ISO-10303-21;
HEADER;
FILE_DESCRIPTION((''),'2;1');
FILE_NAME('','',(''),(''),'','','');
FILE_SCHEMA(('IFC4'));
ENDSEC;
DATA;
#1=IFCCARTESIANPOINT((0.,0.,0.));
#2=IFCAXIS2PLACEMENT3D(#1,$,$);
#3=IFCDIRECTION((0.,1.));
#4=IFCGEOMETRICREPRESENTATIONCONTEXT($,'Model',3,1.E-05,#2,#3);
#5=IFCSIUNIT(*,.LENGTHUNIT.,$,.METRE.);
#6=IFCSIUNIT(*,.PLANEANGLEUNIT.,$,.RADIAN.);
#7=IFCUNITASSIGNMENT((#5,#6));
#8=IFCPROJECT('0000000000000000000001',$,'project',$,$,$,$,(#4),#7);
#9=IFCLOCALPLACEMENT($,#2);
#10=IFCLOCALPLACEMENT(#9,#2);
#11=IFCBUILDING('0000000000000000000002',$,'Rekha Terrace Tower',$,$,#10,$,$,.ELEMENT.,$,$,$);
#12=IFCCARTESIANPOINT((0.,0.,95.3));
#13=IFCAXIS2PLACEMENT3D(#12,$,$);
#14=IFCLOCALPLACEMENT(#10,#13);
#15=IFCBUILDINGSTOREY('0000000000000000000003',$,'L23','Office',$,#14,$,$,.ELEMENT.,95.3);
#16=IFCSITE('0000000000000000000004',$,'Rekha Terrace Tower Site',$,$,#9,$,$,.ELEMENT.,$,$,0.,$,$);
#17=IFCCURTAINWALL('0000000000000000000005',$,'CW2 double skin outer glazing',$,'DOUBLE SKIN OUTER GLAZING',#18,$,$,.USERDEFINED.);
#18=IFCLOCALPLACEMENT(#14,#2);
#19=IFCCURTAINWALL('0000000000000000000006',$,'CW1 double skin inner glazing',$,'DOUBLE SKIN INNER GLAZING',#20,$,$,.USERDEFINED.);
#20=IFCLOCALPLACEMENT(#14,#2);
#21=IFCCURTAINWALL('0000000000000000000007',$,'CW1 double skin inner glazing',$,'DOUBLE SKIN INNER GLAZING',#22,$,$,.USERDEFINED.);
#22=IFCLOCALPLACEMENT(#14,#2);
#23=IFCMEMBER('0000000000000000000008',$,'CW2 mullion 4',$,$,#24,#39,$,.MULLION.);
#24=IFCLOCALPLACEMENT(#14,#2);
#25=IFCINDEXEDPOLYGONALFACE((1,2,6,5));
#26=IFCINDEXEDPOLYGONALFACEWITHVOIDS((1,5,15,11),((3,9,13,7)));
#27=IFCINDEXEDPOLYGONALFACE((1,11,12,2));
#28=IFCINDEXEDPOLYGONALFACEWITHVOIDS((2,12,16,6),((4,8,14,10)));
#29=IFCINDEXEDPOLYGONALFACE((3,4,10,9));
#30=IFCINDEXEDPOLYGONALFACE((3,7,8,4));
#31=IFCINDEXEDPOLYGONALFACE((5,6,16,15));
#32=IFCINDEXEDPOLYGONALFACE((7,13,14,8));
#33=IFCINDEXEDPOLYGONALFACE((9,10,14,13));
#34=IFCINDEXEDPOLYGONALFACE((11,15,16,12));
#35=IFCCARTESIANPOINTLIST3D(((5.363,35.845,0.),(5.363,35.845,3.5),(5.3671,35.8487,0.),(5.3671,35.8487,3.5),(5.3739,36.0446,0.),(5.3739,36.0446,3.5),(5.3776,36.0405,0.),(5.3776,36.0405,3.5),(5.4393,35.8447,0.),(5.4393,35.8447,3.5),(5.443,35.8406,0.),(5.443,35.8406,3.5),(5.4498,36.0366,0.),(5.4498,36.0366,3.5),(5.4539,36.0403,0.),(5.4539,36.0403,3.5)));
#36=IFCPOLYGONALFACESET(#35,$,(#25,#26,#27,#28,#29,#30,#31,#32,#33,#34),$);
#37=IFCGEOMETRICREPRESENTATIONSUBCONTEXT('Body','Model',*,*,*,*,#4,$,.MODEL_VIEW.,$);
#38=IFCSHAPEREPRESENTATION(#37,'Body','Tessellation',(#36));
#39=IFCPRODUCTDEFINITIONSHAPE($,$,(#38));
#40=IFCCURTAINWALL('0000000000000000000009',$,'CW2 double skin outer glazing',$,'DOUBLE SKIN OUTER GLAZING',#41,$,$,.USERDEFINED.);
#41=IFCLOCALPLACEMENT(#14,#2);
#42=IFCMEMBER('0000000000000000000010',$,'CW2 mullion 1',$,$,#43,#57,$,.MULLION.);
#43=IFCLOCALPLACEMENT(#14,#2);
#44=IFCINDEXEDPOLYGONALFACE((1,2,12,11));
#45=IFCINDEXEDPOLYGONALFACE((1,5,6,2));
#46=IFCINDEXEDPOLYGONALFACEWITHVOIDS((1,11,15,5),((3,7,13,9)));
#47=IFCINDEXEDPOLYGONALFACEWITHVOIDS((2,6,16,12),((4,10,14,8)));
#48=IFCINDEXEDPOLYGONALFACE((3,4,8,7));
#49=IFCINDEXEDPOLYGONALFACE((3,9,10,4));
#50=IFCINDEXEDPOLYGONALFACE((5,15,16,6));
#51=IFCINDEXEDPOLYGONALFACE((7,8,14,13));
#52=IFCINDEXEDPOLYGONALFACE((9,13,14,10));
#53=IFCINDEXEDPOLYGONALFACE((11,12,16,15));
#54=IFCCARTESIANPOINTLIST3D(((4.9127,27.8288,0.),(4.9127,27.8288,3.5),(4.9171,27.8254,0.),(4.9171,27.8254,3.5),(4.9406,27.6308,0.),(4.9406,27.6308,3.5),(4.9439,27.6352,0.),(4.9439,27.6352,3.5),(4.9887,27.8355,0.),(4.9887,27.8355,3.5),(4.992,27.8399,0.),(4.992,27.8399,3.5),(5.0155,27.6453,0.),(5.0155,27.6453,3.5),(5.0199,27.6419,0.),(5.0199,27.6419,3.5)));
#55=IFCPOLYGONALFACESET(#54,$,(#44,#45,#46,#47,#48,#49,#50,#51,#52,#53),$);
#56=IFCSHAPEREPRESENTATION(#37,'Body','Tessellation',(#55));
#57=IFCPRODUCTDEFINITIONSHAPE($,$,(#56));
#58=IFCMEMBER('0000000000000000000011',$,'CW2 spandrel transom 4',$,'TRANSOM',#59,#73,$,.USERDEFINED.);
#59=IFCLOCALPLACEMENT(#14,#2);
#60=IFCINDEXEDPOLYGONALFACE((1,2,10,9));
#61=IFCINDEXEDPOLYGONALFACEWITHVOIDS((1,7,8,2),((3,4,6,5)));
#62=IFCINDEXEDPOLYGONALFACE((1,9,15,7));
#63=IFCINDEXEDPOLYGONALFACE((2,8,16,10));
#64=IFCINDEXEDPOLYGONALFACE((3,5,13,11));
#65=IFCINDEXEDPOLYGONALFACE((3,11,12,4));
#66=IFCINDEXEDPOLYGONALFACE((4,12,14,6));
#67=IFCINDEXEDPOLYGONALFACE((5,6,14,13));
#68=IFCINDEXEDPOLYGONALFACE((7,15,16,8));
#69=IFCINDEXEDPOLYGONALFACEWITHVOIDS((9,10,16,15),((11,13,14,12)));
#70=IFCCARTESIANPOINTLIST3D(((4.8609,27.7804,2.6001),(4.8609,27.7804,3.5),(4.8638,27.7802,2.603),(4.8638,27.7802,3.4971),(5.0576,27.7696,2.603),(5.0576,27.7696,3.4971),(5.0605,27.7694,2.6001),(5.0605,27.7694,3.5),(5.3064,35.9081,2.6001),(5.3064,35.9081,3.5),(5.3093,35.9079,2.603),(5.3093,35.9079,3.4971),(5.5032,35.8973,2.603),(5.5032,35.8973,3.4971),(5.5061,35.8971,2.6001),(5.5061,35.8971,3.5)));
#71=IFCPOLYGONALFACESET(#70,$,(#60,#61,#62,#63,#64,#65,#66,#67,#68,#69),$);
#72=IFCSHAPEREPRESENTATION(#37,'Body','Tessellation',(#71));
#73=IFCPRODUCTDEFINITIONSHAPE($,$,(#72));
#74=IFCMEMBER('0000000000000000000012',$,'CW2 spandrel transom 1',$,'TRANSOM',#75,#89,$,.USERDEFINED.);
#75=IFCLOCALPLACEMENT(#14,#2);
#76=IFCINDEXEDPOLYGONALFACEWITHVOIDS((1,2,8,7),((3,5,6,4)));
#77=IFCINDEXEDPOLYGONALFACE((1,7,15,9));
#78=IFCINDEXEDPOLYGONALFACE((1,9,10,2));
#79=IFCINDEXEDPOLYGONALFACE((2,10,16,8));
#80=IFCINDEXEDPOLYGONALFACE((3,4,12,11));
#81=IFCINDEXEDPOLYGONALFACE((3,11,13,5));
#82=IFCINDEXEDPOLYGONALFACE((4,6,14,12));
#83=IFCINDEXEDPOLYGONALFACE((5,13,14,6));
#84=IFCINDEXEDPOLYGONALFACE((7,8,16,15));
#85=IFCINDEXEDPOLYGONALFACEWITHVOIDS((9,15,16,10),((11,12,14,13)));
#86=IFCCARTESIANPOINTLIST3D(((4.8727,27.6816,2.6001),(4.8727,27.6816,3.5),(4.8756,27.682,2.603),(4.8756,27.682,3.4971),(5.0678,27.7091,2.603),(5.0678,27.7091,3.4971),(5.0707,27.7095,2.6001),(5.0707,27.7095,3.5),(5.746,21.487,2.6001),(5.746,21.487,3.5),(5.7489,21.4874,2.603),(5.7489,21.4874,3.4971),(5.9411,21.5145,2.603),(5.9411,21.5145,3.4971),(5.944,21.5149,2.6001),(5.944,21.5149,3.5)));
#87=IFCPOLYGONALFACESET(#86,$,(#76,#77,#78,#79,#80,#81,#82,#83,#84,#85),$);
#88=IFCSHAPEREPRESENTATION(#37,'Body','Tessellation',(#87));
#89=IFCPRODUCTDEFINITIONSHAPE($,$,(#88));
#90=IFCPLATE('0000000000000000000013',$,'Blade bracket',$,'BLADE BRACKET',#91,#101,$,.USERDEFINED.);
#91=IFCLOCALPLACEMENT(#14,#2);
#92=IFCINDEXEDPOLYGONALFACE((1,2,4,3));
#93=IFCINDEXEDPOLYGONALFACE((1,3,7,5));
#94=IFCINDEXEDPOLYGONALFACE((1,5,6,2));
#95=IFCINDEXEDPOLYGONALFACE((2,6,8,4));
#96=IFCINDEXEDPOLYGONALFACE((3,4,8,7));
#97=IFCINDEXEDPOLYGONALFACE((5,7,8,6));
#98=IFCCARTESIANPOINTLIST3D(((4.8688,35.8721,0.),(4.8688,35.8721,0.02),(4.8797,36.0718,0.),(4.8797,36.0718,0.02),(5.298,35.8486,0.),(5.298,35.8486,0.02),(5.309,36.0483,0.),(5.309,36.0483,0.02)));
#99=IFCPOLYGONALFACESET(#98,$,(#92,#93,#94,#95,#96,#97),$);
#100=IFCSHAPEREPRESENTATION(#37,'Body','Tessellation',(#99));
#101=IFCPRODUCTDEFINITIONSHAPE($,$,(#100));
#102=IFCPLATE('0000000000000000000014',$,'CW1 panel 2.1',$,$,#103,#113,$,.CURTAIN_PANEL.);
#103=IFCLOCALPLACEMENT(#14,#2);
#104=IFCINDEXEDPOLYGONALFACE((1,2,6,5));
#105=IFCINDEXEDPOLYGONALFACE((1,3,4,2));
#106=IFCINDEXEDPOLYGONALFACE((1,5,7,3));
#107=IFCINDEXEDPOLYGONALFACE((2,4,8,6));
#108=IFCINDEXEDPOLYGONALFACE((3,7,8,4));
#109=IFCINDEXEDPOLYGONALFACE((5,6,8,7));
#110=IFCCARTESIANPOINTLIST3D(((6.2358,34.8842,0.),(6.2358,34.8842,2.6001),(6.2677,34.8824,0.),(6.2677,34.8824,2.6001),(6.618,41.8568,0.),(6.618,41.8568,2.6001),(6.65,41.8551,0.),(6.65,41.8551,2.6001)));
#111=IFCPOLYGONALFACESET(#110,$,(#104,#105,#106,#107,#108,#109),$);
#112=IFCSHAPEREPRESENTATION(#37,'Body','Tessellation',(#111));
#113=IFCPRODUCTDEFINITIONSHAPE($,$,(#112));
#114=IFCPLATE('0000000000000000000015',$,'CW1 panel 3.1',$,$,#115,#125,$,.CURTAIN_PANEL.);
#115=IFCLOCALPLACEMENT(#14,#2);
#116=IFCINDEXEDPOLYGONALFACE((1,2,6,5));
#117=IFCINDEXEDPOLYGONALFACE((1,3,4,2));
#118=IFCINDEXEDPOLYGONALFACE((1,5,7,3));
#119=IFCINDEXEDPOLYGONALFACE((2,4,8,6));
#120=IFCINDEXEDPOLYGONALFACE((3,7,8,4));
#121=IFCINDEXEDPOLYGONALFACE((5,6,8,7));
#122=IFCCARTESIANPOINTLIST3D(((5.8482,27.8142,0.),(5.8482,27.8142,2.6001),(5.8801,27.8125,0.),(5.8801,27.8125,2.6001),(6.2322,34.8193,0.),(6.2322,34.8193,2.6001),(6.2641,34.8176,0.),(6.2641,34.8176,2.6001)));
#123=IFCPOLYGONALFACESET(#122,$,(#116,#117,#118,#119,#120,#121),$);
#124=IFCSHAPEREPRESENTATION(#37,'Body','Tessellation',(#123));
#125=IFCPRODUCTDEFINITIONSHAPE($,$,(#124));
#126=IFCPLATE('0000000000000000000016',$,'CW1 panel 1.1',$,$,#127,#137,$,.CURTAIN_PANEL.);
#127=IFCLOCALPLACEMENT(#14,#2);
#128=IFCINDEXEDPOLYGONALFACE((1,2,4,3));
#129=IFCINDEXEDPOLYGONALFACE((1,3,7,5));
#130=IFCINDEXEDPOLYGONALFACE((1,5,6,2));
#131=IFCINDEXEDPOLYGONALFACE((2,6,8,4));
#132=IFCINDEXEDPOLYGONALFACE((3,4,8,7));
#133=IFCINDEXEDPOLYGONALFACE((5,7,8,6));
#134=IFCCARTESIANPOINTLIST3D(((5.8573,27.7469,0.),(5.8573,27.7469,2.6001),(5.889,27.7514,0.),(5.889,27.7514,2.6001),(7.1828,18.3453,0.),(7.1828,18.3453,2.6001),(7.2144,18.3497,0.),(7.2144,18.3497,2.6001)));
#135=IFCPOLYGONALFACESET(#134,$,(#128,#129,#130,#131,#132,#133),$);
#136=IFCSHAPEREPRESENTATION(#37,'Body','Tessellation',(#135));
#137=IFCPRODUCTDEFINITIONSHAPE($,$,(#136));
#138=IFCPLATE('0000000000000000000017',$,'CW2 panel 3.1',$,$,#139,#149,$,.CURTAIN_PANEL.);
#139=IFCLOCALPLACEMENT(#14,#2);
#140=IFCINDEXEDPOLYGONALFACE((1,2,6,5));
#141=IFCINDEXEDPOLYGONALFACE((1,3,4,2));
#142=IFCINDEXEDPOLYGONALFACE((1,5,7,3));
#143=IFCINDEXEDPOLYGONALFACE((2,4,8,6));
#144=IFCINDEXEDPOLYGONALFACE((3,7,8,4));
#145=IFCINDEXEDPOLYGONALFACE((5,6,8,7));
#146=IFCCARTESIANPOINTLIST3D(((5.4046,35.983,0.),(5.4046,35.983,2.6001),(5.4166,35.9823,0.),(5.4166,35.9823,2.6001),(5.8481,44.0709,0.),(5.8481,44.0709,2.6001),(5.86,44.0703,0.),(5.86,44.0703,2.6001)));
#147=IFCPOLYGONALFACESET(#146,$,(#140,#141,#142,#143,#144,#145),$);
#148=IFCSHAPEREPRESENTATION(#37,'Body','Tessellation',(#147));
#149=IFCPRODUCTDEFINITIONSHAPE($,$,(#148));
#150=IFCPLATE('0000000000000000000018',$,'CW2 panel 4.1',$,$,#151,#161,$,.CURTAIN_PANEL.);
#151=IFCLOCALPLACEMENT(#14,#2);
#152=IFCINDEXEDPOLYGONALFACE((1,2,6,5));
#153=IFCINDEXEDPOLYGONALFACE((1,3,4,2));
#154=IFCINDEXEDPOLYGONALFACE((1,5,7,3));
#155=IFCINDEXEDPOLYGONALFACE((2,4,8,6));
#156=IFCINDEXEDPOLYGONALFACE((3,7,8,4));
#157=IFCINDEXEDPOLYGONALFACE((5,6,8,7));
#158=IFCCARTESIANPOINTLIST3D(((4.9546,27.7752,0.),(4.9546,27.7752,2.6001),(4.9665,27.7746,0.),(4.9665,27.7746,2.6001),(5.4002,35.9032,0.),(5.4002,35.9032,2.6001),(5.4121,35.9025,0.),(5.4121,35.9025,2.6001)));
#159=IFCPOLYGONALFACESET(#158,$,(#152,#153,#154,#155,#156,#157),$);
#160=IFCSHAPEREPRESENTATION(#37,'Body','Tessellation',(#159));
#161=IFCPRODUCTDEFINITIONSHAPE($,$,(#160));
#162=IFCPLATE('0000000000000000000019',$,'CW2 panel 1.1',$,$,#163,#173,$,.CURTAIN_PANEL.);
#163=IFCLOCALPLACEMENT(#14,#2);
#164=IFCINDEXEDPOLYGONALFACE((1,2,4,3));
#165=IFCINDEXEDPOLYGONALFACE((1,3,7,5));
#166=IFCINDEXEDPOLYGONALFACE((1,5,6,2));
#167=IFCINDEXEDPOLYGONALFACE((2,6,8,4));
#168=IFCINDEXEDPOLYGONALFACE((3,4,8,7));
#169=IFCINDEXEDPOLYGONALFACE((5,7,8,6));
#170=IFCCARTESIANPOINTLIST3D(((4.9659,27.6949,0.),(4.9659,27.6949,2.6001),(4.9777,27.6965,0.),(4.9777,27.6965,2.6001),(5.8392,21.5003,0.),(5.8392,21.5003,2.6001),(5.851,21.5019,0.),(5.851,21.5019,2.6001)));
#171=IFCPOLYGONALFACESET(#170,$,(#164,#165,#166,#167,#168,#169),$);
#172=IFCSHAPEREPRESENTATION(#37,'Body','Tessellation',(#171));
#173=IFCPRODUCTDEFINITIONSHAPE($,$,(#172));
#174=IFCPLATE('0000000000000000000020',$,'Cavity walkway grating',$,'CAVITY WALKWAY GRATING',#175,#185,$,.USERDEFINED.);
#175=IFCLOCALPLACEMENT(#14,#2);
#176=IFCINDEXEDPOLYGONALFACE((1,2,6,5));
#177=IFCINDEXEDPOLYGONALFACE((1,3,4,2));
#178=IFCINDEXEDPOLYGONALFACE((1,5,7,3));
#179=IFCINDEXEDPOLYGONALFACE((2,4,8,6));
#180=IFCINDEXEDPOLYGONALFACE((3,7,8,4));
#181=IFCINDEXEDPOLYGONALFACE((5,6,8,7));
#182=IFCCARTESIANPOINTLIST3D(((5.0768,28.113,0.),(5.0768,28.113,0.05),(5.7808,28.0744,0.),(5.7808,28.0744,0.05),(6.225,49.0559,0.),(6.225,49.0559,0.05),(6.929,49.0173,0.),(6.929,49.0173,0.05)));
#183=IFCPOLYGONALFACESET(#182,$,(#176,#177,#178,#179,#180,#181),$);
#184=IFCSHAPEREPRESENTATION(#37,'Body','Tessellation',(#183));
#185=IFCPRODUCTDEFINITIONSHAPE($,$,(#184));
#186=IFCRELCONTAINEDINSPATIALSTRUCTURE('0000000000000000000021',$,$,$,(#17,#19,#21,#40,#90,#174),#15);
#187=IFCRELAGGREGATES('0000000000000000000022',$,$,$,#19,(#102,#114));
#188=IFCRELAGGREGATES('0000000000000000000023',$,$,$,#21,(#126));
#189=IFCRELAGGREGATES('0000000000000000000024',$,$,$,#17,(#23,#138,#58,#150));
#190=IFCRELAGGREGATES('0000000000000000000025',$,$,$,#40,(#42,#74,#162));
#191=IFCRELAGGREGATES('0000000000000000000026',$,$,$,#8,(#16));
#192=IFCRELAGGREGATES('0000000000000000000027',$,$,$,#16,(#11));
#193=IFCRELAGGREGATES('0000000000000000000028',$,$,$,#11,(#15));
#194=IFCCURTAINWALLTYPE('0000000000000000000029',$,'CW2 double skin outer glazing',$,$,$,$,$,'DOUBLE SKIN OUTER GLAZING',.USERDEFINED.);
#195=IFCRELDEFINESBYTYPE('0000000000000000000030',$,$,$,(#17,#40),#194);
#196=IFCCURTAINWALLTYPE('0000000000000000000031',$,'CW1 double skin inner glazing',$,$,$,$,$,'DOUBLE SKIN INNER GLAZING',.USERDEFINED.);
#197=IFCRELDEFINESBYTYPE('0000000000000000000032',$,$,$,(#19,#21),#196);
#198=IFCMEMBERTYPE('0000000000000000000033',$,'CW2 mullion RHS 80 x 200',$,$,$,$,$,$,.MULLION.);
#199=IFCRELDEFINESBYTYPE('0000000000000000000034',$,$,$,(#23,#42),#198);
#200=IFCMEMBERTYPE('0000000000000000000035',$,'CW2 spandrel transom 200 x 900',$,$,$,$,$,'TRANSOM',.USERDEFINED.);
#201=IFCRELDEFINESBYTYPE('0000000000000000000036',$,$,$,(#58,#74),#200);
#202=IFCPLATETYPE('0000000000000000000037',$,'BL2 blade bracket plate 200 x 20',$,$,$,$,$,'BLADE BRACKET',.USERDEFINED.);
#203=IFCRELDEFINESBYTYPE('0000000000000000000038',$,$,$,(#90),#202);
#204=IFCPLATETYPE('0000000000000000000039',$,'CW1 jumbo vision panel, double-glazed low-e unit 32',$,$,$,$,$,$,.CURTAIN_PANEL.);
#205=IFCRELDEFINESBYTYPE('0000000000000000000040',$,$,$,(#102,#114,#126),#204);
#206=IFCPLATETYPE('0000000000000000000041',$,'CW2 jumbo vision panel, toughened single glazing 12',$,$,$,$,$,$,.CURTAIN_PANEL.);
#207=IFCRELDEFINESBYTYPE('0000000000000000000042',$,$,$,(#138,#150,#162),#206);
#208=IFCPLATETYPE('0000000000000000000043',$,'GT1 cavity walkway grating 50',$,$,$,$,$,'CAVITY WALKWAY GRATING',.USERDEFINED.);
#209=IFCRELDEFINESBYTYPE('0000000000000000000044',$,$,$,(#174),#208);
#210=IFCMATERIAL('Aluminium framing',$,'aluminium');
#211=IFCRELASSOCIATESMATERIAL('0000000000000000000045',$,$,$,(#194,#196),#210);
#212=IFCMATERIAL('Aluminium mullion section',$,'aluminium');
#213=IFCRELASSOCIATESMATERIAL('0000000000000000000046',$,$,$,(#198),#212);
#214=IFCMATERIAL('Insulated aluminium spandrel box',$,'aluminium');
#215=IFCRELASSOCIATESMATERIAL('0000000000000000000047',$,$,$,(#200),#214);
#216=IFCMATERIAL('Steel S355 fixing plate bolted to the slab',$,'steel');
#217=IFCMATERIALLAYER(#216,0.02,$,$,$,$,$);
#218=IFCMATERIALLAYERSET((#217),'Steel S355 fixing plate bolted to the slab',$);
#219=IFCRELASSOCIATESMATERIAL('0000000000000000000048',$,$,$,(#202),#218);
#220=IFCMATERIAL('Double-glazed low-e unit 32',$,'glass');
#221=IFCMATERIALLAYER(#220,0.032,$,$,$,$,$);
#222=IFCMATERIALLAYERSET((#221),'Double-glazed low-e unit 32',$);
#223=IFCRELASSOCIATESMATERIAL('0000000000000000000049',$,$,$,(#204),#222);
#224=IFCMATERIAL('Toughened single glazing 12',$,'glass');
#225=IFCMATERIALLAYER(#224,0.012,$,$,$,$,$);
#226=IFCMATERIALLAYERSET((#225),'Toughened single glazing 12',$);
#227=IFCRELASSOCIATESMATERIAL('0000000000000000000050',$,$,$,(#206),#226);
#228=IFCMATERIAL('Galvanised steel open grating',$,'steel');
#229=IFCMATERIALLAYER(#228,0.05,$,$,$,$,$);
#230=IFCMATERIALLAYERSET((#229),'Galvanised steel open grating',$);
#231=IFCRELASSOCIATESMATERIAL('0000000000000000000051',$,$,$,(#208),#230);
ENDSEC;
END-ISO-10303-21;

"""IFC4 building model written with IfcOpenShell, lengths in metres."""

from ifc_helpers import new_model, si_unit, direction, frame, origin, origin_2d, place, context, subcontext, project, spatial, rectangle, hollow_rectangle, extrude, material, layer, layer_set, material_profile, profile_set, type_object, element, aggregate, save


model = new_model("IFC4")

# Units and contexts
model_context = context("Model", 3, precision=1e-05, world=origin(), true_north=direction((0.0, 1.0)))
body_context = subcontext(model_context, "Body", "Model", "MODEL_VIEW")
ifc_project = project(units=[si_unit("LENGTHUNIT", "METRE"), si_unit("PLANEANGLEUNIT", "RADIAN")], contexts=[model_context])

# Site, building, storey
site_placement = place(None, origin())
site = spatial("IfcSite", under=ifc_project, at=site_placement, Name="Rekha Terrace Tower Site", CompositionType="ELEMENT", RefElevation=0.0)
building_placement = place(site_placement, origin())
building = spatial("IfcBuilding", under=site, at=building_placement, Name="Rekha Terrace Tower", CompositionType="ELEMENT")
storey_placement = place(building_placement, frame((0.0, 0.0, 95.3)))
storey = spatial("IfcBuildingStorey", under=building, at=storey_placement, Name="L23", Description="Office", CompositionType="ELEMENT", Elevation=95.3)

# Curtain wall
ifc_material_1 = material(Name="Aluminium framing", Category="aluminium")
curtain_wall_type_1 = type_object("IfcCurtainWallType", Name="CW2 double skin outer glazing", ElementType="DOUBLE SKIN OUTER GLAZING", PredefinedType="USERDEFINED", material=ifc_material_1)
curtain_wall_1_placement = place(storey_placement, origin())
curtain_wall_1 = element("IfcCurtainWall", 1, at=curtain_wall_1_placement, inside=storey, type_object=curtain_wall_type_1, Name="CW2 double skin outer glazing", ObjectType="DOUBLE SKIN OUTER GLAZING", PredefinedType="USERDEFINED")

# Curtain wall
curtain_wall_type_2 = type_object("IfcCurtainWallType", Name="CW1 double skin inner glazing", ElementType="DOUBLE SKIN INNER GLAZING", PredefinedType="USERDEFINED", material=ifc_material_1)
curtain_wall_2_placement = place(storey_placement, origin())
curtain_wall_2 = element("IfcCurtainWall", 2, at=curtain_wall_2_placement, inside=storey, type_object=curtain_wall_type_2, Name="CW1 double skin inner glazing", ObjectType="DOUBLE SKIN INNER GLAZING", PredefinedType="USERDEFINED")
ifc_material_2 = material(Name="Aluminium mullion section", Category="aluminium")

# Curtain wall
curtain_wall_3_placement = place(storey_placement, origin())
curtain_wall_3 = element("IfcCurtainWall", 3, at=curtain_wall_3_placement, inside=storey, type_object=curtain_wall_type_2, Name="CW1 double skin inner glazing", ObjectType="DOUBLE SKIN INNER GLAZING", PredefinedType="USERDEFINED")

# Member
ifc_material_3 = material(Name="Insulated aluminium spandrel box", Category="aluminium")
ifc_material_profile_1 = material_profile(ifc_material_2, hollow_rectangle(XDim=0.0801, YDim=0.2, WallThickness=0.0039, at=origin_2d()), Name="AL RHS 80x200")
ifc_profile_set_1 = profile_set([ifc_material_profile_1], Name="Aluminium mullion section")
member_type_1 = type_object("IfcMemberType", Name="CW2 mullion RHS 80 x 200", PredefinedType="MULLION", material=ifc_profile_set_1)
member_1_placement = place(storey_placement, frame((5.4084, 35.9426, 0.0), z_axis=(0.0, 0.0, 1.0), x_axis=(0.998501, -0.054742, 0.0)))
member_1 = element("IfcMember", 4, at=member_1_placement, type_object=member_type_1, Name="CW2 mullion 4", PredefinedType="MULLION", context=body_context, shape_type="SweptSolid", body=[
    extrude(hollow_rectangle(XDim=0.0801, YDim=0.2, WallThickness=0.0039, at=origin_2d()), origin(), (0.0, 0.0, 1.0), 3.5),
])

# Curtain wall, member
curtain_wall_4_placement = place(storey_placement, origin())
curtain_wall_4 = element("IfcCurtainWall", 5, at=curtain_wall_4_placement, inside=storey, type_object=curtain_wall_type_1, Name="CW2 double skin outer glazing", ObjectType="DOUBLE SKIN OUTER GLAZING", PredefinedType="USERDEFINED")
member_2_placement = place(storey_placement, frame((4.9663, 27.7354, 0.0), z_axis=(0.0, 0.0, 1.0), x_axis=(0.990208, 0.139597, 0.0)))
member_2 = element("IfcMember", 6, at=member_2_placement, type_object=member_type_1, Name="CW2 mullion 1", PredefinedType="MULLION", context=body_context, shape_type="SweptSolid", body=[
    extrude(hollow_rectangle(XDim=0.0801, YDim=0.2, WallThickness=0.0039, at=origin_2d()), origin(), (0.0, 0.0, 1.0), 3.5),
])

# Members
ifc_material_profile_2 = material_profile(ifc_material_3, hollow_rectangle(XDim=0.2, YDim=0.8999, WallThickness=0.0029, at=origin_2d()), Name="AL SPANDREL BOX 200x900")
ifc_profile_set_2 = profile_set([ifc_material_profile_2], Name="Insulated aluminium spandrel box")
member_type_2 = type_object("IfcMemberType", Name="CW2 spandrel transom 200 x 900", ElementType="TRANSOM", PredefinedType="USERDEFINED", material=ifc_profile_set_2)
member_3_placement = place(storey_placement, frame((5.4062, 35.9026, 3.05), z_axis=(-0.054737, -0.998501, 0.0), x_axis=(0.998501, -0.054737, 0.0)))
member_3 = element("IfcMember", 7, at=member_3_placement, type_object=member_type_2, Name="CW2 spandrel transom 4", ObjectType="TRANSOM", PredefinedType="USERDEFINED", context=body_context, shape_type="SweptSolid", body=[
    extrude(hollow_rectangle(XDim=0.2, YDim=0.8999, WallThickness=0.0029, at=origin_2d()), origin(), (0.0, 0.0, 1.0), 8.1399),
])
member_4_placement = place(storey_placement, frame((4.9717, 27.6956, 3.05), z_axis=(0.139596, -0.990209, 0.0), x_axis=(0.990209, 0.139596, 0.0)))
member_4 = element("IfcMember", 8, at=member_4_placement, type_object=member_type_2, Name="CW2 spandrel transom 1", ObjectType="TRANSOM", PredefinedType="USERDEFINED", context=body_context, shape_type="SweptSolid", body=[
    extrude(hollow_rectangle(XDim=0.2, YDim=0.8999, WallThickness=0.0029, at=origin_2d()), origin(), (0.0, 0.0, 1.0), 6.2559),
])

# Plates
ifc_material_4 = material(Name="Steel S355 fixing plate bolted to the slab", Category="steel")
ifc_layer_1 = layer(ifc_material_4, 0.02)
ifc_layer_set_1 = layer_set([ifc_layer_1], Name="Steel S355 fixing plate bolted to the slab")
plate_type_1 = type_object("IfcPlateType", Name="BL2 blade bracket plate 200 x 20", ElementType="BLADE BRACKET", PredefinedType="USERDEFINED", material=ifc_layer_set_1)
plate_1_placement = place(storey_placement, frame((5.0889, 35.9602, 0.0), z_axis=(0.0, 0.0, 1.0), x_axis=(-0.9985, 0.054743, 0.0)))
element("IfcPlate", 9, at=plate_1_placement, inside=storey, type_object=plate_type_1, Name="Blade bracket", ObjectType="BLADE BRACKET", PredefinedType="USERDEFINED", context=body_context, shape_type="SweptSolid", body=[
    extrude(rectangle(XDim=0.4299, YDim=0.2, at=origin_2d()), origin(), (0.0, 0.0, 1.0), 0.02),
])
ifc_material_5 = material(Name="Double-glazed low-e unit 32", Category="glass")
ifc_layer_2 = layer(ifc_material_5, 0.032)
ifc_layer_set_2 = layer_set([ifc_layer_2], Name="Double-glazed low-e unit 32")
plate_type_2 = type_object("IfcPlateType", Name="CW1 jumbo vision panel, double-glazed low-e unit 32", PredefinedType="CURTAIN_PANEL", material=ifc_layer_set_2)
plate_2_placement = place(storey_placement, frame((6.4429, 38.3696, 0.0), z_axis=(0.0, 0.0, 1.0), x_axis=(-0.054742, -0.998501, 0.0)))
plate_2 = element("IfcPlate", 10, at=plate_2_placement, type_object=plate_type_2, Name="CW1 panel 2.1", PredefinedType="CURTAIN_PANEL", context=body_context, shape_type="SweptSolid", body=[
    extrude(rectangle(XDim=6.9832, YDim=0.032, at=origin_2d()), origin(), (0.0, 0.0, 1.0), 2.6001),
])
plate_3_placement = place(storey_placement, frame((6.0562, 31.3159, 0.0), z_axis=(0.0, 0.0, 1.0), x_axis=(-0.054742, -0.998501, 0.0)))
plate_3 = element("IfcPlate", 11, at=plate_3_placement, type_object=plate_type_2, Name="CW1 panel 3.1", PredefinedType="CURTAIN_PANEL", context=body_context, shape_type="SweptSolid", body=[
    extrude(rectangle(XDim=7.0156, YDim=0.032, at=origin_2d()), origin(), (0.0, 0.0, 1.0), 2.6001),
])
aggregate(curtain_wall_2, [plate_2, plate_3])
plate_4_placement = place(storey_placement, frame((6.5359, 23.0483, 0.0), z_axis=(0.0, 0.0, 1.0), x_axis=(0.139597, -0.990208, 0.0)))
plate_4 = element("IfcPlate", 12, at=plate_4_placement, type_object=plate_type_2, Name="CW1 panel 1.1", PredefinedType="CURTAIN_PANEL", context=body_context, shape_type="SweptSolid", body=[
    extrude(rectangle(XDim=9.4946, YDim=0.032, at=origin_2d()), origin(), (0.0, 0.0, 1.0), 2.6001),
])
aggregate(curtain_wall_3, [plate_4])
ifc_material_6 = material(Name="Toughened single glazing 12", Category="glass")
ifc_layer_3 = layer(ifc_material_6, 0.012)
ifc_layer_set_3 = layer_set([ifc_layer_3], Name="Toughened single glazing 12")
plate_type_3 = type_object("IfcPlateType", Name="CW2 jumbo vision panel, toughened single glazing 12", PredefinedType="CURTAIN_PANEL", material=ifc_layer_set_3)
plate_5_placement = place(storey_placement, frame((5.6323, 40.0266, 0.0), z_axis=(0.0, 0.0, 1.0), x_axis=(-0.054742, -0.998501, 0.0)))
plate_5 = element("IfcPlate", 13, at=plate_5_placement, type_object=plate_type_3, Name="CW2 panel 3.1", PredefinedType="CURTAIN_PANEL", context=body_context, shape_type="SweptSolid", body=[
    extrude(rectangle(XDim=8.1001, YDim=0.012, at=origin_2d()), origin(), (0.0, 0.0, 1.0), 2.6001),
])
plate_6_placement = place(storey_placement, frame((5.1833, 31.8389, 0.0), z_axis=(0.0, 0.0, 1.0), x_axis=(-0.054742, -0.998501, 0.0)))
plate_6 = element("IfcPlate", 14, at=plate_6_placement, type_object=plate_type_3, Name="CW2 panel 4.1", PredefinedType="CURTAIN_PANEL", context=body_context, shape_type="SweptSolid", body=[
    extrude(rectangle(XDim=8.1401, YDim=0.012, at=origin_2d()), origin(), (0.0, 0.0, 1.0), 2.6001),
])
aggregate(curtain_wall_1, [member_1, plate_5, member_3, plate_6])
plate_7_placement = place(storey_placement, frame((5.4084, 24.5984, 0.0), z_axis=(0.0, 0.0, 1.0), x_axis=(0.139597, -0.990208, 0.0)))
plate_7 = element("IfcPlate", 15, at=plate_7_placement, type_object=plate_type_3, Name="CW2 panel 1.1", PredefinedType="CURTAIN_PANEL", context=body_context, shape_type="SweptSolid", body=[
    extrude(rectangle(XDim=6.2559, YDim=0.012, at=origin_2d()), origin(), (0.0, 0.0, 1.0), 2.6001),
])
aggregate(curtain_wall_4, [member_2, member_4, plate_7])
ifc_material_7 = material(Name="Galvanised steel open grating", Category="steel")
ifc_layer_4 = layer(ifc_material_7, 0.05)
ifc_layer_set_4 = layer_set([ifc_layer_4], Name="Galvanised steel open grating")
plate_type_4 = type_object("IfcPlateType", Name="GT1 cavity walkway grating 50", ElementType="CAVITY WALKWAY GRATING", PredefinedType="USERDEFINED", material=ifc_layer_set_4)
plate_8_placement = place(storey_placement, frame((6.0029, 38.5652, 0.0), z_axis=(0.0, 0.0, 1.0), x_axis=(-0.054742, -0.998501, 0.0)))
element("IfcPlate", 16, at=plate_8_placement, inside=storey, type_object=plate_type_4, Name="Cavity walkway grating", ObjectType="CAVITY WALKWAY GRATING", PredefinedType="USERDEFINED", context=body_context, shape_type="SweptSolid", body=[
    extrude(rectangle(XDim=20.9744, YDim=0.7051, at=origin_2d()), origin(), (0.0, 0.0, 1.0), 0.05),
])

save(model, "model.ifc")
